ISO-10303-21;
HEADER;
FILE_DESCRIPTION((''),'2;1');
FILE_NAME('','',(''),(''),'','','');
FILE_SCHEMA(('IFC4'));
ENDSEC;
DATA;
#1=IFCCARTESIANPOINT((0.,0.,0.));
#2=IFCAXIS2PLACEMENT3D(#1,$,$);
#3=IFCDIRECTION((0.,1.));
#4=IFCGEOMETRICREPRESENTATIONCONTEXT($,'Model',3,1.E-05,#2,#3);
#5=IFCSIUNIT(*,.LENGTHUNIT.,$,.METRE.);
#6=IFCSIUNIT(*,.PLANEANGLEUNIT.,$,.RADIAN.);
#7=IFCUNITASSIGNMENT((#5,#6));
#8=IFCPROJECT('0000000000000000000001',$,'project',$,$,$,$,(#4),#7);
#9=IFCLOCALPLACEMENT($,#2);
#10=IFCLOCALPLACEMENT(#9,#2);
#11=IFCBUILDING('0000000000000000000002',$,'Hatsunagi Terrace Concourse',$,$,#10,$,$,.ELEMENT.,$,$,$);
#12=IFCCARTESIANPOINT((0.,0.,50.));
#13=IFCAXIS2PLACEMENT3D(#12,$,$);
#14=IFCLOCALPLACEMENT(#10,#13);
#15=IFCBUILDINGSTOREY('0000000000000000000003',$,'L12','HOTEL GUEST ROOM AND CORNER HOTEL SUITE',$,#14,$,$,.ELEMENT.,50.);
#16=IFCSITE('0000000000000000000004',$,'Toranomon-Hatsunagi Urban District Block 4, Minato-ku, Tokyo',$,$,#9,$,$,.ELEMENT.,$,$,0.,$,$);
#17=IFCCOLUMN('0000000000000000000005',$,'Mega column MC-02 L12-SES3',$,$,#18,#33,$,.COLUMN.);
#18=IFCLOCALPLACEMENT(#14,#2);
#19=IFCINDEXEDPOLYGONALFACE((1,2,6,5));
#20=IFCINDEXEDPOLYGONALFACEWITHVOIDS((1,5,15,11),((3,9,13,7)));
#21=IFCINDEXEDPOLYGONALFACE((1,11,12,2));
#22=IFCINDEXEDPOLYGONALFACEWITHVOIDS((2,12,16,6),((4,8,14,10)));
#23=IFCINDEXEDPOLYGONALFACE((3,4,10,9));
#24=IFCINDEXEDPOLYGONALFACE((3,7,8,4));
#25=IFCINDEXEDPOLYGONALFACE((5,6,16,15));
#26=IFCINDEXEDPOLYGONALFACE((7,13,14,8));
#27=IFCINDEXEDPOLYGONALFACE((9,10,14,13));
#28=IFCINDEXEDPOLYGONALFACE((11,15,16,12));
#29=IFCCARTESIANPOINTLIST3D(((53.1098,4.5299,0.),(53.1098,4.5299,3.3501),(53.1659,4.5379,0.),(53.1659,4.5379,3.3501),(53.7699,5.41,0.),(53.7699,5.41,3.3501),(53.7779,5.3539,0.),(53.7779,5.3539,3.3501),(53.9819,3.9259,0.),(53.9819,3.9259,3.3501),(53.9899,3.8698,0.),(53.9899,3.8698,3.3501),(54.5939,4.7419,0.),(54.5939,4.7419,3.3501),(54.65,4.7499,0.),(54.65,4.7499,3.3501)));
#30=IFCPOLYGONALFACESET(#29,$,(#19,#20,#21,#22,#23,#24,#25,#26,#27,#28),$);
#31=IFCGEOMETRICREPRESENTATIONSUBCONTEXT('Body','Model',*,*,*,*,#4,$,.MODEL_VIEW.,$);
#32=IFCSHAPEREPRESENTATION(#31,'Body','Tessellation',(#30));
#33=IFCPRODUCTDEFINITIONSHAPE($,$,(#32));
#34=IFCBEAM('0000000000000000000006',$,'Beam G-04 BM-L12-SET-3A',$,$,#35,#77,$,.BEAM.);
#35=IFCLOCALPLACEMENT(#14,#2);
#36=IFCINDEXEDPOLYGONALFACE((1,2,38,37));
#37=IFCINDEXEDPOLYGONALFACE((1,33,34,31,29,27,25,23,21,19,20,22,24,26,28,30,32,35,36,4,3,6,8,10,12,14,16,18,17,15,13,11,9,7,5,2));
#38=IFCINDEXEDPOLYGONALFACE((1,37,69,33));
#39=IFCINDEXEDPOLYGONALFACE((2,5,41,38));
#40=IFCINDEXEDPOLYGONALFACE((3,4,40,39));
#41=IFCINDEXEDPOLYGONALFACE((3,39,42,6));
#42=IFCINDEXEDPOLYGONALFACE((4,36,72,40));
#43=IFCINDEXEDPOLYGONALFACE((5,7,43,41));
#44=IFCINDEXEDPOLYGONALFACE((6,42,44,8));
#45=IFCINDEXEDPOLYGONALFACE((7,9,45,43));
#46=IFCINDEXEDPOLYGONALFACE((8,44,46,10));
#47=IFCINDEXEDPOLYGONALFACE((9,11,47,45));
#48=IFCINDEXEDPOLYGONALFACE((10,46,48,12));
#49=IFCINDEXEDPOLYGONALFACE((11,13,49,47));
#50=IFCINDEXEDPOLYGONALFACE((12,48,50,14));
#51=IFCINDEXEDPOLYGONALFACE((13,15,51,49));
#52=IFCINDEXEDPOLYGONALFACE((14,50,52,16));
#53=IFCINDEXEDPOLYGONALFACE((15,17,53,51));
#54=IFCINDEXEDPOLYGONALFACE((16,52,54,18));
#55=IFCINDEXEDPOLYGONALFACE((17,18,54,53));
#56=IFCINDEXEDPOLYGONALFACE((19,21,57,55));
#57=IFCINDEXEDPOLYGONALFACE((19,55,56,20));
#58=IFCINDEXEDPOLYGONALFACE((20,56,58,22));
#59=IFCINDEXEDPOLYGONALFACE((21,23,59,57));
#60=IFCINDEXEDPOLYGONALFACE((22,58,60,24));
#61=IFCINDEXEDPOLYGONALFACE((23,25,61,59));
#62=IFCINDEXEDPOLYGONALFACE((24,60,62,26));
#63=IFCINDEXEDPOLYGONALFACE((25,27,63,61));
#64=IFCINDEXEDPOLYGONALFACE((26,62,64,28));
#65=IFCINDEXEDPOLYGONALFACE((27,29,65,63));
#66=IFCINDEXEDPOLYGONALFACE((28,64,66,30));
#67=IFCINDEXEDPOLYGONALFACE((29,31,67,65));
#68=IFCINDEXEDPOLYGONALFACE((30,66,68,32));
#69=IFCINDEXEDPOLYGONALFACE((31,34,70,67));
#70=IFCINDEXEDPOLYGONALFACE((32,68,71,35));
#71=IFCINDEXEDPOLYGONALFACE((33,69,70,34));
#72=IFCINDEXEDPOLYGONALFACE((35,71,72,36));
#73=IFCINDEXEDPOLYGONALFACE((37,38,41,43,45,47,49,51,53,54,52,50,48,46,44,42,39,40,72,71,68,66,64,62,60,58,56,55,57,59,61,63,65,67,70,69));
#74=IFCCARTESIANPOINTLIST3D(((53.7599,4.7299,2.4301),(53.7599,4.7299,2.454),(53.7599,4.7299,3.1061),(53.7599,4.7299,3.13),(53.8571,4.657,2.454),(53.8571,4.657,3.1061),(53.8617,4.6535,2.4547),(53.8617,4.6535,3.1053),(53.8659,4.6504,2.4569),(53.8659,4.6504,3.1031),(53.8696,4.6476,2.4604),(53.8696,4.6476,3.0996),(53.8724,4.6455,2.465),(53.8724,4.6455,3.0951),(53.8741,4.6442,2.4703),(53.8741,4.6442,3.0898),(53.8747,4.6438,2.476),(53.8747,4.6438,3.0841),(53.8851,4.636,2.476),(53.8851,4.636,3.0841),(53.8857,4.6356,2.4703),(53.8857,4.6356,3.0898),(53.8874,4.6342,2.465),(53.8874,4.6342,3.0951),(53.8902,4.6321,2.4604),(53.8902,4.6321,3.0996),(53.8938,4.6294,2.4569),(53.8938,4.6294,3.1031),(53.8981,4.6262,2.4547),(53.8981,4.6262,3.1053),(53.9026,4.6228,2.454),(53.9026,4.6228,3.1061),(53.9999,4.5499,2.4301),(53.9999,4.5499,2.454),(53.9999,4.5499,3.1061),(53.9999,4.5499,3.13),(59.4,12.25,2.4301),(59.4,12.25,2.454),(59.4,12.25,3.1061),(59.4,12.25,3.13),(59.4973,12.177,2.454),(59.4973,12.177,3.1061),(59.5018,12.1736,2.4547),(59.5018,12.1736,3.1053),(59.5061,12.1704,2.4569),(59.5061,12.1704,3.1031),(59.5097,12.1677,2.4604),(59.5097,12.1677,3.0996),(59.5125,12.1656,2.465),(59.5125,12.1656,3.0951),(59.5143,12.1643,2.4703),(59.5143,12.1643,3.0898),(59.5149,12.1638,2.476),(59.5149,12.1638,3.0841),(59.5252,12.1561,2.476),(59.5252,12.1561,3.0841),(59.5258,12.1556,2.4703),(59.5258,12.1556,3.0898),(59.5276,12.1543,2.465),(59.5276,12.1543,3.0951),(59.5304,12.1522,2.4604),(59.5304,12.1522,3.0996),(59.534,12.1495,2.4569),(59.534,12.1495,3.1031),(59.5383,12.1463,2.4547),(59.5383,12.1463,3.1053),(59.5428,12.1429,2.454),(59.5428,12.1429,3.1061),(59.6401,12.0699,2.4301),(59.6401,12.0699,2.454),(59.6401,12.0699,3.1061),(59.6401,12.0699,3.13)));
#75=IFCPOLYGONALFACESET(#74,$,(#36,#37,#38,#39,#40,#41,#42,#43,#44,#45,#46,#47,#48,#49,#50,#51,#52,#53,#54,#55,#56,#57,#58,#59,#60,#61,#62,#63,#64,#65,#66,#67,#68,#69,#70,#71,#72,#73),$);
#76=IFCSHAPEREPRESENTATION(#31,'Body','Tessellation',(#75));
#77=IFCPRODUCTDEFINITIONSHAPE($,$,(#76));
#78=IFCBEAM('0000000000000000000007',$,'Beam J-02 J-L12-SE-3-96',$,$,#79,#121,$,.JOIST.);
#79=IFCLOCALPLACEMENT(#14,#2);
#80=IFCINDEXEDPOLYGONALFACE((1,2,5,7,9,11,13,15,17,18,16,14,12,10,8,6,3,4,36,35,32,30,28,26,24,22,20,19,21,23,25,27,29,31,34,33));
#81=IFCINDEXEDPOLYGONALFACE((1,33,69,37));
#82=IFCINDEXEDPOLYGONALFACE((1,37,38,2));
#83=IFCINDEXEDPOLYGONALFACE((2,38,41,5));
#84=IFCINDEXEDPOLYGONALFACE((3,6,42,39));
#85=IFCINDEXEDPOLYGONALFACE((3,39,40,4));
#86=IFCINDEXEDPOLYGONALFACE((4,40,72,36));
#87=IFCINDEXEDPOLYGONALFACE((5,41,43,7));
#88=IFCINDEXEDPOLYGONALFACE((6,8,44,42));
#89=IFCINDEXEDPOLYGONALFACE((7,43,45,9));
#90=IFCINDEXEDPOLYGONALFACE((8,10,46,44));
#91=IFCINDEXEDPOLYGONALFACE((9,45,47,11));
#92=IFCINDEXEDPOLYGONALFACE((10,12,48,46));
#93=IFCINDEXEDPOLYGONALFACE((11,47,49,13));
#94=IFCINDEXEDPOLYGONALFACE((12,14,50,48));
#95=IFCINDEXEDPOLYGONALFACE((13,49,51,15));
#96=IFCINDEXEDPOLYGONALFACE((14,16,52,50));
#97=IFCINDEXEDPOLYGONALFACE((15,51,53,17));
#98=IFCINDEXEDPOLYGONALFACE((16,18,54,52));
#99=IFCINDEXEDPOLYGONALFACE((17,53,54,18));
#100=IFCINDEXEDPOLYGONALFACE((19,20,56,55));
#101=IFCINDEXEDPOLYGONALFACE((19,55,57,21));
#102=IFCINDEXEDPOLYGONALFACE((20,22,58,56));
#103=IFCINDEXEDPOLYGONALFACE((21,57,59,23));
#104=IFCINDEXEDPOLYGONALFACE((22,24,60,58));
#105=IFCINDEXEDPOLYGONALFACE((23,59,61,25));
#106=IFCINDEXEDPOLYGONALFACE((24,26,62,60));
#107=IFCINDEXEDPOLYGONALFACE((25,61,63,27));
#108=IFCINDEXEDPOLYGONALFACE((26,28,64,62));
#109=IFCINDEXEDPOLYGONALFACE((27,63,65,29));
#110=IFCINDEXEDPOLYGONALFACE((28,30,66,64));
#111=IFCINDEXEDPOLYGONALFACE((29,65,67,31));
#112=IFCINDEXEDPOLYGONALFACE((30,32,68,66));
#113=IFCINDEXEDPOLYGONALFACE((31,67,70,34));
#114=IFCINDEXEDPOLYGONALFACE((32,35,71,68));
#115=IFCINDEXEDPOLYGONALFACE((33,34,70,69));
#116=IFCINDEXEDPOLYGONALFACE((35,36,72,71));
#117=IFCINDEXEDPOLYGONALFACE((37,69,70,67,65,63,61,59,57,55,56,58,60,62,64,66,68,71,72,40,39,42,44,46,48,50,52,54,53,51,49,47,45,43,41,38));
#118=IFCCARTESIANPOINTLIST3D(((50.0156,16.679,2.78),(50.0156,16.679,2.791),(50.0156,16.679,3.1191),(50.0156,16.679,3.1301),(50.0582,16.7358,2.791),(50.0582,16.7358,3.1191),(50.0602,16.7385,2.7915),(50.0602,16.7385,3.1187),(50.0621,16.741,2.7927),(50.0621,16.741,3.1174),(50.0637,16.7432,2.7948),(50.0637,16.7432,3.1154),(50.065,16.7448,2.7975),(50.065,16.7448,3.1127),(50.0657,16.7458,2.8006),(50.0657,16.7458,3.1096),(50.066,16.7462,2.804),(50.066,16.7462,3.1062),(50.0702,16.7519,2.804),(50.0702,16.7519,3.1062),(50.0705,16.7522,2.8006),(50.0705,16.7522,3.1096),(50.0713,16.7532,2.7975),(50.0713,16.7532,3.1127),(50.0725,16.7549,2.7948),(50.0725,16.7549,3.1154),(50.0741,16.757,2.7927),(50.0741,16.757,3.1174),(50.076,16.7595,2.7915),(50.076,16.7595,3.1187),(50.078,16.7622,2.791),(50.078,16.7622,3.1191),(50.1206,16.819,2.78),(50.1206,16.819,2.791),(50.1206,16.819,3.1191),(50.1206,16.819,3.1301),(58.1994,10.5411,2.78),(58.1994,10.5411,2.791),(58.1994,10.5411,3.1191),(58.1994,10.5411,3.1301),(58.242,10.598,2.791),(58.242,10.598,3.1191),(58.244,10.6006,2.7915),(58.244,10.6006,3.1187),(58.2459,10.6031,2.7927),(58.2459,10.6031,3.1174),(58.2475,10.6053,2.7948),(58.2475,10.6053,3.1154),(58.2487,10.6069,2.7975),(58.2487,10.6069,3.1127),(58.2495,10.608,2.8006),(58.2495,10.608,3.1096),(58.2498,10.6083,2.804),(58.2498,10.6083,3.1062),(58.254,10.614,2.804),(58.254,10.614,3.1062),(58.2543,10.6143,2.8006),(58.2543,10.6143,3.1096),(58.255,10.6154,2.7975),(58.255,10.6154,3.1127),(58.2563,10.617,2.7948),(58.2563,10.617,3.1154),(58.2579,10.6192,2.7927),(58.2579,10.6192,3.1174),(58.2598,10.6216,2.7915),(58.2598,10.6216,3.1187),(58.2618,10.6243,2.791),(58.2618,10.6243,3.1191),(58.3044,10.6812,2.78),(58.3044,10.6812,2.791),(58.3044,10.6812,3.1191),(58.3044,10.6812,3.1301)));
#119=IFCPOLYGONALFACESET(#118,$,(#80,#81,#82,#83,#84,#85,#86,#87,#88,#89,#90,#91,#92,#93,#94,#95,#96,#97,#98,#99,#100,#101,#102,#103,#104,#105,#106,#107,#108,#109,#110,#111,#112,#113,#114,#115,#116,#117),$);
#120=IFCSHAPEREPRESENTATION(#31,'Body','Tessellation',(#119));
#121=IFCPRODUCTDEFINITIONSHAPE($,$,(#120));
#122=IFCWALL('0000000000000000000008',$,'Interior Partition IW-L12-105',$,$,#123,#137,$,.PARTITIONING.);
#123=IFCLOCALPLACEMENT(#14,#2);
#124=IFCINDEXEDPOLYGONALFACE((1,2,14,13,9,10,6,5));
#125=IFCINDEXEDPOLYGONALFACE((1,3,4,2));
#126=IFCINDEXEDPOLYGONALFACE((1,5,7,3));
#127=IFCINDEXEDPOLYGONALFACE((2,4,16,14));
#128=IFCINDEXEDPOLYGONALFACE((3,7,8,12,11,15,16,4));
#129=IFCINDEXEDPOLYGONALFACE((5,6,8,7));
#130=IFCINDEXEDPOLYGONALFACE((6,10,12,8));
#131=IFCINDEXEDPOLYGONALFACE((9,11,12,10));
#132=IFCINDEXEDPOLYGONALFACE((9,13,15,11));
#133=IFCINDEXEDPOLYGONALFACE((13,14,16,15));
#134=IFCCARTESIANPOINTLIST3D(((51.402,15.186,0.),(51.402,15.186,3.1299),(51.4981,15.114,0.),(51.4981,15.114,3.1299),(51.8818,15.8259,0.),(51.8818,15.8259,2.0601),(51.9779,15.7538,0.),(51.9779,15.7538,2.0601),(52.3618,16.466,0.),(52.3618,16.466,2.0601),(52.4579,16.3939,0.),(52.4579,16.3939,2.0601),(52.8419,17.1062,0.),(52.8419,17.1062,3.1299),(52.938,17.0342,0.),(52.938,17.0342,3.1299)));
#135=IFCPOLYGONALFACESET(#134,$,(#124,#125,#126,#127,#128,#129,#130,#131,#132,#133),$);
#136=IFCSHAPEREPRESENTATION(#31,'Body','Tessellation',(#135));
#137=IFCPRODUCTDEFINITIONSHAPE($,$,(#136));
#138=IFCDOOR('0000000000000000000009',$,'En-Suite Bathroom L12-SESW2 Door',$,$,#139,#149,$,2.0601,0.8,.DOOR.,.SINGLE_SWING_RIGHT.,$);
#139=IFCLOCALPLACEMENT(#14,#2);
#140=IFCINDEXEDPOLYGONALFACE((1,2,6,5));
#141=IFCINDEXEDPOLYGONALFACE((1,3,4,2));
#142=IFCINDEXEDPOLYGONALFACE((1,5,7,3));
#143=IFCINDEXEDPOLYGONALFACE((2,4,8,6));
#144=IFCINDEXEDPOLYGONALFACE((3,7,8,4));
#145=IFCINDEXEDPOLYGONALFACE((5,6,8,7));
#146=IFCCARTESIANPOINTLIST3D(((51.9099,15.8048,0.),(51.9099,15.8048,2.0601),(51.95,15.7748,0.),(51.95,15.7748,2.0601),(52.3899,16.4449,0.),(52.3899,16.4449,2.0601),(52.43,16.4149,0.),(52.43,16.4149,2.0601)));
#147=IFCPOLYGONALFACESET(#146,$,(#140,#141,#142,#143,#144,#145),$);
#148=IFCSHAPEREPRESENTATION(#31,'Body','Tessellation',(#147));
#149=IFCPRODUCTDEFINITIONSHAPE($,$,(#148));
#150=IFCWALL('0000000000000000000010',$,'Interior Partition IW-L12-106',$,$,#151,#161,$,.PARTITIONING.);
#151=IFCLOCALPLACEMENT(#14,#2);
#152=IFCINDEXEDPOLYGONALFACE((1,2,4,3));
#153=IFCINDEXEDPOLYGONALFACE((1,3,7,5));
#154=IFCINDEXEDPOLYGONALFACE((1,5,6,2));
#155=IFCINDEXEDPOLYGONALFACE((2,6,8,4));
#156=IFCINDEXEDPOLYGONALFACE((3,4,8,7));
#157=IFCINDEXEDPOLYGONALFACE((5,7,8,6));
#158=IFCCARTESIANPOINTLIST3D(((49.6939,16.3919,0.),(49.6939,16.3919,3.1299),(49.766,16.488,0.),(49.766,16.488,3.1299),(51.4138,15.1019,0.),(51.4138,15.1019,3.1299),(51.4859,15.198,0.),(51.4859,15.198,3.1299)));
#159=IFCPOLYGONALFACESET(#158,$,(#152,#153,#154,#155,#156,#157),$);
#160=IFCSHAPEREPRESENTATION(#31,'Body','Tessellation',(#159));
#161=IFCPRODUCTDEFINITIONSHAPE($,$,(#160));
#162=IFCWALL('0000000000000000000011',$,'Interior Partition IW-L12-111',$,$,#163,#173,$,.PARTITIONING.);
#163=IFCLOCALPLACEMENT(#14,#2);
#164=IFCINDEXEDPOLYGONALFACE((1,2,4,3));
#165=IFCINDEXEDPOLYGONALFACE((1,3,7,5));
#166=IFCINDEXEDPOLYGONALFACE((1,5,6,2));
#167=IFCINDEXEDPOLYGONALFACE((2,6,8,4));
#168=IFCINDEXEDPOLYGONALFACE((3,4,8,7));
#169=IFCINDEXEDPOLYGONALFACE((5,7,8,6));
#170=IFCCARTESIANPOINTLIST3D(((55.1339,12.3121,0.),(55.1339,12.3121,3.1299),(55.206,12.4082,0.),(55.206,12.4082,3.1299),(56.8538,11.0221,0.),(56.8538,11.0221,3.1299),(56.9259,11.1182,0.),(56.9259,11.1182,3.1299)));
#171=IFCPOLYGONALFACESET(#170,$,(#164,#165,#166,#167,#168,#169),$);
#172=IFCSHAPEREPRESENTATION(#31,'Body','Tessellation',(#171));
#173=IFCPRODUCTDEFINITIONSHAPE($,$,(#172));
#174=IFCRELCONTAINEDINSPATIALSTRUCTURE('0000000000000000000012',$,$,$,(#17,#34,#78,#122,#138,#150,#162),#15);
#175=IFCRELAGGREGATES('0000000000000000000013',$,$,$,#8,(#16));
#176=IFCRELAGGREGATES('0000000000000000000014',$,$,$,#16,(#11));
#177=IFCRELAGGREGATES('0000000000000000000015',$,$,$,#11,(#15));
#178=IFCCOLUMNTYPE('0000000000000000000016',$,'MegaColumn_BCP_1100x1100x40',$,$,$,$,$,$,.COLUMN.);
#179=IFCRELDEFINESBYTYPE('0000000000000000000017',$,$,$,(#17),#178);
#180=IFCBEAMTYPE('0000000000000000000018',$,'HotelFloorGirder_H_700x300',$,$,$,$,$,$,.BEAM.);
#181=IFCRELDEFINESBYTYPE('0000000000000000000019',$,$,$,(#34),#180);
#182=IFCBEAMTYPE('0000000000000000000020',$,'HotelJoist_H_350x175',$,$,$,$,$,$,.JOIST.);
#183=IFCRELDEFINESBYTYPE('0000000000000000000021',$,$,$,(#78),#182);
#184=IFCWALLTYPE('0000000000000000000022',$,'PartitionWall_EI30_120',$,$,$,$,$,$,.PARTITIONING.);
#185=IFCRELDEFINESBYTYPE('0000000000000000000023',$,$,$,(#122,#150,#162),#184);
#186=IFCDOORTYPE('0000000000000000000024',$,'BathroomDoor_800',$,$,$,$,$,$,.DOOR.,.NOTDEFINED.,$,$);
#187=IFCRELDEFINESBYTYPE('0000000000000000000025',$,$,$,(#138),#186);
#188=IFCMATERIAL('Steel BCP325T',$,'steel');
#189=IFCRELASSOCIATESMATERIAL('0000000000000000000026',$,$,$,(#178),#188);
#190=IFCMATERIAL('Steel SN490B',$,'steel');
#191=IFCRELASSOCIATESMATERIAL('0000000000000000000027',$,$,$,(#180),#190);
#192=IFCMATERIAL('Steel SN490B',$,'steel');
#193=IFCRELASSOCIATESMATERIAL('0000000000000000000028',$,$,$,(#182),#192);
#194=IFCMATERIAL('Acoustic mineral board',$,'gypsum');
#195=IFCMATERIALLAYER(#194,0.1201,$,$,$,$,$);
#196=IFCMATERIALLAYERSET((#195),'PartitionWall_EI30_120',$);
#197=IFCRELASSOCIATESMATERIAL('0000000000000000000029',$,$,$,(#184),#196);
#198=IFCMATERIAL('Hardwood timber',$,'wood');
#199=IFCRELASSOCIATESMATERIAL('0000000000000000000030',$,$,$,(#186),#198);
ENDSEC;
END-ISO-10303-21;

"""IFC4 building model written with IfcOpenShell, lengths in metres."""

from ifc_helpers import new_model, si_unit, direction, frame, frame_2d, origin, origin_2d, place, context, subcontext, project, spatial, rectangle, hollow_rectangle, i_section, extrude, material, layer, layer_set, material_profile, profile_set, type_object, element, fill, save


model = new_model("IFC4")

# Units and contexts
model_context = context("Model", 3, precision=1e-05, world=origin(), true_north=direction((0.0, 1.0)))
body_context = subcontext(model_context, "Body", "Model", "MODEL_VIEW")
ifc_project = project(units=[si_unit("LENGTHUNIT", "METRE"), si_unit("PLANEANGLEUNIT", "RADIAN")], contexts=[model_context])

# Site, building, storey
site_placement = place(None, origin())
site = spatial("IfcSite", under=ifc_project, at=site_placement, Name="Toranomon-Hatsunagi Urban District Block 4, Minato-ku, Tokyo", CompositionType="ELEMENT", RefElevation=0.0)
building_placement = place(site_placement, origin())
building = spatial("IfcBuilding", under=site, at=building_placement, Name="Hatsunagi Terrace Concourse", CompositionType="ELEMENT")
storey_placement = place(building_placement, frame((0.0, 0.0, 50.0)))
storey = spatial("IfcBuildingStorey", under=building, at=storey_placement, Name="L12", Description="HOTEL GUEST ROOM AND CORNER HOTEL SUITE", CompositionType="ELEMENT", Elevation=50.0)

# Column
ifc_material_1 = material(Name="Steel BCP325T", Category="steel")
ifc_material_profile_1 = material_profile(ifc_material_1, hollow_rectangle(XDim=1.1001, YDim=1.1001, WallThickness=0.04, at=origin_2d()), Name="BCP-1100x1100x40")
ifc_profile_set_1 = profile_set([ifc_material_profile_1], Name="Steel BCP325T")
column_type = type_object("IfcColumnType", Name="MegaColumn_BCP_1100x1100x40", PredefinedType="COLUMN", material=ifc_profile_set_1)
column_placement = place(storey_placement, frame((53.8799, 4.6399, 0.0), z_axis=(0.0, 0.0, 1.0), x_axis=(0.8, -0.6, 0.0)))
element("IfcColumn", 1, at=column_placement, inside=storey, type_object=column_type, Name="Mega column MC-02 L12-SES3", PredefinedType="COLUMN", context=body_context, shape_type="SweptSolid", body=[
    extrude(hollow_rectangle(XDim=1.1001, YDim=1.1001, WallThickness=0.04, at=origin_2d()), origin(), (0.0, 0.0, 1.0), 3.3501),
])

# Beams
ifc_material_2 = material(Name="Steel SN490B", Category="steel")
ifc_material_profile_2 = material_profile(ifc_material_2, i_section(OverallWidth=0.3, OverallDepth=0.7, WebThickness=0.0129, FlangeThickness=0.0239, FilletRadius=0.022, at=origin_2d()), Name="H-700x300x13x24")
ifc_profile_set_2 = profile_set([ifc_material_profile_2], Name="Steel SN490B")
beam_type_1 = type_object("IfcBeamType", Name="HotelFloorGirder_H_700x300", PredefinedType="BEAM", material=ifc_profile_set_2)
beam_1_placement = place(storey_placement, frame((53.8799, 4.6399, 2.78), z_axis=(0.600008, 0.799994, 0.0), x_axis=(-0.799994, 0.600008, 0.0)))
element("IfcBeam", 2, at=beam_1_placement, inside=storey, type_object=beam_type_1, Name="Beam G-04 BM-L12-SET-3A", PredefinedType="BEAM", context=body_context, shape_type="SweptSolid", body=[
    extrude(i_section(OverallWidth=0.3, OverallDepth=0.7, WebThickness=0.0129, FlangeThickness=0.0239, FilletRadius=0.022, at=origin_2d()), origin(), (0.0, 0.0, 1.0), 9.4001),
])
ifc_material_3 = material(Name="Steel SN490B", Category="steel")
ifc_material_profile_3 = material_profile(ifc_material_3, i_section(OverallWidth=0.175, OverallDepth=0.3501, WebThickness=0.0071, FlangeThickness=0.011, FilletRadius=0.0129, at=origin_2d()), Name="H-350x175x7x11")
ifc_profile_set_3 = profile_set([ifc_material_profile_3], Name="Steel SN490B")
beam_type_2 = type_object("IfcBeamType", Name="HotelJoist_H_350x175", PredefinedType="JOIST", material=ifc_profile_set_3)
beam_2_placement = place(storey_placement, frame((50.0681, 16.749, 2.9551), z_axis=(0.799997, -0.600004, 0.0), x_axis=(0.600004, 0.799997, 0.0)))
element("IfcBeam", 3, at=beam_2_placement, inside=storey, type_object=beam_type_2, Name="Beam J-02 J-L12-SE-3-96", PredefinedType="JOIST", context=body_context, shape_type="SweptSolid", body=[
    extrude(i_section(OverallWidth=0.175, OverallDepth=0.3501, WebThickness=0.0071, FlangeThickness=0.011, FilletRadius=0.0129, at=origin_2d()), origin(), (0.0, 0.0, 1.0), 10.2297),
])

# Wall, opening, door
ifc_material_4 = material(Name="Acoustic mineral board", Category="gypsum")
ifc_layer_1 = layer(ifc_material_4, 0.1201)
ifc_layer_set_1 = layer_set([ifc_layer_1], Name="PartitionWall_EI30_120")
wall_type_1 = type_object("IfcWallType", Name="PartitionWall_EI30_120", PredefinedType="PARTITIONING", material=ifc_layer_set_1)
wall_1_placement = place(storey_placement, frame((51.45, 15.1499, 0.0), z_axis=(0.0, 0.0, 1.0), x_axis=(0.599951, 0.800037, 0.0)))
wall_1 = element("IfcWall", 4, at=wall_1_placement, inside=storey, type_object=wall_type_1, Name="Interior Partition IW-L12-105", PredefinedType="PARTITIONING", context=body_context, shape_type="SweptSolid", body=[
    extrude(rectangle(XDim=2.4001, YDim=0.1201, at=frame_2d((1.2002, 0.0))), origin(), (0.0, 0.0, 1.0), 3.1299),
])
opening_1_placement = place(wall_1_placement, frame((0.8, 0.0, 0.0)))
opening_1 = element("IfcOpeningElement", 5, at=opening_1_placement, cuts=wall_1, PredefinedType="OPENING", context=body_context, shape_type="SweptSolid", body=[
    extrude(rectangle(XDim=0.8, YDim=2.0601, at=frame_2d((0.3999, 1.03))), frame((0.0, 0.0701, 0.0), z_axis=(0.0, -1.0, 0.0), x_axis=(1.0, 0.0, 0.0)), (0.0, 0.0, 1.0), 0.1401),
])
ifc_material_5 = material(Name="Hardwood timber", Category="wood")
door_type_1 = type_object("IfcDoorType", Name="BathroomDoor_800", OperationType="NOTDEFINED", PredefinedType="DOOR", material=ifc_material_5)
door_1_placement = place(opening_1_placement, origin())
door_1 = element("IfcDoor", 6, at=door_1_placement, inside=storey, type_object=door_type_1, Name="En-Suite Bathroom L12-SESW2 Door", OperationType="SINGLE_SWING_RIGHT", OverallHeight=2.0601, OverallWidth=0.8, PredefinedType="DOOR", context=body_context, shape_type="SweptSolid", body=[
    extrude(rectangle(XDim=0.8, YDim=2.0601, at=frame_2d((0.3999, 1.03))), frame((0.0, 0.0249, 0.0), z_axis=(0.0, -1.0, 0.0), x_axis=(1.0, 0.0, 0.0)), (0.0, 0.0, 1.0), 0.05),
])
fill(opening_1, door_1)

# Walls
for number, where, z_axis, x_axis, name in (
    (7, (49.73, 16.4399, 0.0), (0.0, 0.0, 1.0), (0.799986, -0.600018, 0.0), "Interior Partition IW-L12-106"),
    (8, (55.1699, 12.3601, 0.0), (0.0, 0.0, 1.0), (0.799986, -0.600018, 0.0), "Interior Partition IW-L12-111"),
):
    element("IfcWall", number, at=place(storey_placement, frame(where, z_axis=z_axis, x_axis=x_axis)), inside=storey, type_object=wall_type_1, Name=name, PredefinedType="PARTITIONING", context=body_context, shape_type="SweptSolid", body=[
        extrude(rectangle(XDim=2.1499, YDim=0.1201, at=frame_2d((1.075, 0.0))), origin(), (0.0, 0.0, 1.0), 3.1299),
    ])

save(model, "model.ifc")
